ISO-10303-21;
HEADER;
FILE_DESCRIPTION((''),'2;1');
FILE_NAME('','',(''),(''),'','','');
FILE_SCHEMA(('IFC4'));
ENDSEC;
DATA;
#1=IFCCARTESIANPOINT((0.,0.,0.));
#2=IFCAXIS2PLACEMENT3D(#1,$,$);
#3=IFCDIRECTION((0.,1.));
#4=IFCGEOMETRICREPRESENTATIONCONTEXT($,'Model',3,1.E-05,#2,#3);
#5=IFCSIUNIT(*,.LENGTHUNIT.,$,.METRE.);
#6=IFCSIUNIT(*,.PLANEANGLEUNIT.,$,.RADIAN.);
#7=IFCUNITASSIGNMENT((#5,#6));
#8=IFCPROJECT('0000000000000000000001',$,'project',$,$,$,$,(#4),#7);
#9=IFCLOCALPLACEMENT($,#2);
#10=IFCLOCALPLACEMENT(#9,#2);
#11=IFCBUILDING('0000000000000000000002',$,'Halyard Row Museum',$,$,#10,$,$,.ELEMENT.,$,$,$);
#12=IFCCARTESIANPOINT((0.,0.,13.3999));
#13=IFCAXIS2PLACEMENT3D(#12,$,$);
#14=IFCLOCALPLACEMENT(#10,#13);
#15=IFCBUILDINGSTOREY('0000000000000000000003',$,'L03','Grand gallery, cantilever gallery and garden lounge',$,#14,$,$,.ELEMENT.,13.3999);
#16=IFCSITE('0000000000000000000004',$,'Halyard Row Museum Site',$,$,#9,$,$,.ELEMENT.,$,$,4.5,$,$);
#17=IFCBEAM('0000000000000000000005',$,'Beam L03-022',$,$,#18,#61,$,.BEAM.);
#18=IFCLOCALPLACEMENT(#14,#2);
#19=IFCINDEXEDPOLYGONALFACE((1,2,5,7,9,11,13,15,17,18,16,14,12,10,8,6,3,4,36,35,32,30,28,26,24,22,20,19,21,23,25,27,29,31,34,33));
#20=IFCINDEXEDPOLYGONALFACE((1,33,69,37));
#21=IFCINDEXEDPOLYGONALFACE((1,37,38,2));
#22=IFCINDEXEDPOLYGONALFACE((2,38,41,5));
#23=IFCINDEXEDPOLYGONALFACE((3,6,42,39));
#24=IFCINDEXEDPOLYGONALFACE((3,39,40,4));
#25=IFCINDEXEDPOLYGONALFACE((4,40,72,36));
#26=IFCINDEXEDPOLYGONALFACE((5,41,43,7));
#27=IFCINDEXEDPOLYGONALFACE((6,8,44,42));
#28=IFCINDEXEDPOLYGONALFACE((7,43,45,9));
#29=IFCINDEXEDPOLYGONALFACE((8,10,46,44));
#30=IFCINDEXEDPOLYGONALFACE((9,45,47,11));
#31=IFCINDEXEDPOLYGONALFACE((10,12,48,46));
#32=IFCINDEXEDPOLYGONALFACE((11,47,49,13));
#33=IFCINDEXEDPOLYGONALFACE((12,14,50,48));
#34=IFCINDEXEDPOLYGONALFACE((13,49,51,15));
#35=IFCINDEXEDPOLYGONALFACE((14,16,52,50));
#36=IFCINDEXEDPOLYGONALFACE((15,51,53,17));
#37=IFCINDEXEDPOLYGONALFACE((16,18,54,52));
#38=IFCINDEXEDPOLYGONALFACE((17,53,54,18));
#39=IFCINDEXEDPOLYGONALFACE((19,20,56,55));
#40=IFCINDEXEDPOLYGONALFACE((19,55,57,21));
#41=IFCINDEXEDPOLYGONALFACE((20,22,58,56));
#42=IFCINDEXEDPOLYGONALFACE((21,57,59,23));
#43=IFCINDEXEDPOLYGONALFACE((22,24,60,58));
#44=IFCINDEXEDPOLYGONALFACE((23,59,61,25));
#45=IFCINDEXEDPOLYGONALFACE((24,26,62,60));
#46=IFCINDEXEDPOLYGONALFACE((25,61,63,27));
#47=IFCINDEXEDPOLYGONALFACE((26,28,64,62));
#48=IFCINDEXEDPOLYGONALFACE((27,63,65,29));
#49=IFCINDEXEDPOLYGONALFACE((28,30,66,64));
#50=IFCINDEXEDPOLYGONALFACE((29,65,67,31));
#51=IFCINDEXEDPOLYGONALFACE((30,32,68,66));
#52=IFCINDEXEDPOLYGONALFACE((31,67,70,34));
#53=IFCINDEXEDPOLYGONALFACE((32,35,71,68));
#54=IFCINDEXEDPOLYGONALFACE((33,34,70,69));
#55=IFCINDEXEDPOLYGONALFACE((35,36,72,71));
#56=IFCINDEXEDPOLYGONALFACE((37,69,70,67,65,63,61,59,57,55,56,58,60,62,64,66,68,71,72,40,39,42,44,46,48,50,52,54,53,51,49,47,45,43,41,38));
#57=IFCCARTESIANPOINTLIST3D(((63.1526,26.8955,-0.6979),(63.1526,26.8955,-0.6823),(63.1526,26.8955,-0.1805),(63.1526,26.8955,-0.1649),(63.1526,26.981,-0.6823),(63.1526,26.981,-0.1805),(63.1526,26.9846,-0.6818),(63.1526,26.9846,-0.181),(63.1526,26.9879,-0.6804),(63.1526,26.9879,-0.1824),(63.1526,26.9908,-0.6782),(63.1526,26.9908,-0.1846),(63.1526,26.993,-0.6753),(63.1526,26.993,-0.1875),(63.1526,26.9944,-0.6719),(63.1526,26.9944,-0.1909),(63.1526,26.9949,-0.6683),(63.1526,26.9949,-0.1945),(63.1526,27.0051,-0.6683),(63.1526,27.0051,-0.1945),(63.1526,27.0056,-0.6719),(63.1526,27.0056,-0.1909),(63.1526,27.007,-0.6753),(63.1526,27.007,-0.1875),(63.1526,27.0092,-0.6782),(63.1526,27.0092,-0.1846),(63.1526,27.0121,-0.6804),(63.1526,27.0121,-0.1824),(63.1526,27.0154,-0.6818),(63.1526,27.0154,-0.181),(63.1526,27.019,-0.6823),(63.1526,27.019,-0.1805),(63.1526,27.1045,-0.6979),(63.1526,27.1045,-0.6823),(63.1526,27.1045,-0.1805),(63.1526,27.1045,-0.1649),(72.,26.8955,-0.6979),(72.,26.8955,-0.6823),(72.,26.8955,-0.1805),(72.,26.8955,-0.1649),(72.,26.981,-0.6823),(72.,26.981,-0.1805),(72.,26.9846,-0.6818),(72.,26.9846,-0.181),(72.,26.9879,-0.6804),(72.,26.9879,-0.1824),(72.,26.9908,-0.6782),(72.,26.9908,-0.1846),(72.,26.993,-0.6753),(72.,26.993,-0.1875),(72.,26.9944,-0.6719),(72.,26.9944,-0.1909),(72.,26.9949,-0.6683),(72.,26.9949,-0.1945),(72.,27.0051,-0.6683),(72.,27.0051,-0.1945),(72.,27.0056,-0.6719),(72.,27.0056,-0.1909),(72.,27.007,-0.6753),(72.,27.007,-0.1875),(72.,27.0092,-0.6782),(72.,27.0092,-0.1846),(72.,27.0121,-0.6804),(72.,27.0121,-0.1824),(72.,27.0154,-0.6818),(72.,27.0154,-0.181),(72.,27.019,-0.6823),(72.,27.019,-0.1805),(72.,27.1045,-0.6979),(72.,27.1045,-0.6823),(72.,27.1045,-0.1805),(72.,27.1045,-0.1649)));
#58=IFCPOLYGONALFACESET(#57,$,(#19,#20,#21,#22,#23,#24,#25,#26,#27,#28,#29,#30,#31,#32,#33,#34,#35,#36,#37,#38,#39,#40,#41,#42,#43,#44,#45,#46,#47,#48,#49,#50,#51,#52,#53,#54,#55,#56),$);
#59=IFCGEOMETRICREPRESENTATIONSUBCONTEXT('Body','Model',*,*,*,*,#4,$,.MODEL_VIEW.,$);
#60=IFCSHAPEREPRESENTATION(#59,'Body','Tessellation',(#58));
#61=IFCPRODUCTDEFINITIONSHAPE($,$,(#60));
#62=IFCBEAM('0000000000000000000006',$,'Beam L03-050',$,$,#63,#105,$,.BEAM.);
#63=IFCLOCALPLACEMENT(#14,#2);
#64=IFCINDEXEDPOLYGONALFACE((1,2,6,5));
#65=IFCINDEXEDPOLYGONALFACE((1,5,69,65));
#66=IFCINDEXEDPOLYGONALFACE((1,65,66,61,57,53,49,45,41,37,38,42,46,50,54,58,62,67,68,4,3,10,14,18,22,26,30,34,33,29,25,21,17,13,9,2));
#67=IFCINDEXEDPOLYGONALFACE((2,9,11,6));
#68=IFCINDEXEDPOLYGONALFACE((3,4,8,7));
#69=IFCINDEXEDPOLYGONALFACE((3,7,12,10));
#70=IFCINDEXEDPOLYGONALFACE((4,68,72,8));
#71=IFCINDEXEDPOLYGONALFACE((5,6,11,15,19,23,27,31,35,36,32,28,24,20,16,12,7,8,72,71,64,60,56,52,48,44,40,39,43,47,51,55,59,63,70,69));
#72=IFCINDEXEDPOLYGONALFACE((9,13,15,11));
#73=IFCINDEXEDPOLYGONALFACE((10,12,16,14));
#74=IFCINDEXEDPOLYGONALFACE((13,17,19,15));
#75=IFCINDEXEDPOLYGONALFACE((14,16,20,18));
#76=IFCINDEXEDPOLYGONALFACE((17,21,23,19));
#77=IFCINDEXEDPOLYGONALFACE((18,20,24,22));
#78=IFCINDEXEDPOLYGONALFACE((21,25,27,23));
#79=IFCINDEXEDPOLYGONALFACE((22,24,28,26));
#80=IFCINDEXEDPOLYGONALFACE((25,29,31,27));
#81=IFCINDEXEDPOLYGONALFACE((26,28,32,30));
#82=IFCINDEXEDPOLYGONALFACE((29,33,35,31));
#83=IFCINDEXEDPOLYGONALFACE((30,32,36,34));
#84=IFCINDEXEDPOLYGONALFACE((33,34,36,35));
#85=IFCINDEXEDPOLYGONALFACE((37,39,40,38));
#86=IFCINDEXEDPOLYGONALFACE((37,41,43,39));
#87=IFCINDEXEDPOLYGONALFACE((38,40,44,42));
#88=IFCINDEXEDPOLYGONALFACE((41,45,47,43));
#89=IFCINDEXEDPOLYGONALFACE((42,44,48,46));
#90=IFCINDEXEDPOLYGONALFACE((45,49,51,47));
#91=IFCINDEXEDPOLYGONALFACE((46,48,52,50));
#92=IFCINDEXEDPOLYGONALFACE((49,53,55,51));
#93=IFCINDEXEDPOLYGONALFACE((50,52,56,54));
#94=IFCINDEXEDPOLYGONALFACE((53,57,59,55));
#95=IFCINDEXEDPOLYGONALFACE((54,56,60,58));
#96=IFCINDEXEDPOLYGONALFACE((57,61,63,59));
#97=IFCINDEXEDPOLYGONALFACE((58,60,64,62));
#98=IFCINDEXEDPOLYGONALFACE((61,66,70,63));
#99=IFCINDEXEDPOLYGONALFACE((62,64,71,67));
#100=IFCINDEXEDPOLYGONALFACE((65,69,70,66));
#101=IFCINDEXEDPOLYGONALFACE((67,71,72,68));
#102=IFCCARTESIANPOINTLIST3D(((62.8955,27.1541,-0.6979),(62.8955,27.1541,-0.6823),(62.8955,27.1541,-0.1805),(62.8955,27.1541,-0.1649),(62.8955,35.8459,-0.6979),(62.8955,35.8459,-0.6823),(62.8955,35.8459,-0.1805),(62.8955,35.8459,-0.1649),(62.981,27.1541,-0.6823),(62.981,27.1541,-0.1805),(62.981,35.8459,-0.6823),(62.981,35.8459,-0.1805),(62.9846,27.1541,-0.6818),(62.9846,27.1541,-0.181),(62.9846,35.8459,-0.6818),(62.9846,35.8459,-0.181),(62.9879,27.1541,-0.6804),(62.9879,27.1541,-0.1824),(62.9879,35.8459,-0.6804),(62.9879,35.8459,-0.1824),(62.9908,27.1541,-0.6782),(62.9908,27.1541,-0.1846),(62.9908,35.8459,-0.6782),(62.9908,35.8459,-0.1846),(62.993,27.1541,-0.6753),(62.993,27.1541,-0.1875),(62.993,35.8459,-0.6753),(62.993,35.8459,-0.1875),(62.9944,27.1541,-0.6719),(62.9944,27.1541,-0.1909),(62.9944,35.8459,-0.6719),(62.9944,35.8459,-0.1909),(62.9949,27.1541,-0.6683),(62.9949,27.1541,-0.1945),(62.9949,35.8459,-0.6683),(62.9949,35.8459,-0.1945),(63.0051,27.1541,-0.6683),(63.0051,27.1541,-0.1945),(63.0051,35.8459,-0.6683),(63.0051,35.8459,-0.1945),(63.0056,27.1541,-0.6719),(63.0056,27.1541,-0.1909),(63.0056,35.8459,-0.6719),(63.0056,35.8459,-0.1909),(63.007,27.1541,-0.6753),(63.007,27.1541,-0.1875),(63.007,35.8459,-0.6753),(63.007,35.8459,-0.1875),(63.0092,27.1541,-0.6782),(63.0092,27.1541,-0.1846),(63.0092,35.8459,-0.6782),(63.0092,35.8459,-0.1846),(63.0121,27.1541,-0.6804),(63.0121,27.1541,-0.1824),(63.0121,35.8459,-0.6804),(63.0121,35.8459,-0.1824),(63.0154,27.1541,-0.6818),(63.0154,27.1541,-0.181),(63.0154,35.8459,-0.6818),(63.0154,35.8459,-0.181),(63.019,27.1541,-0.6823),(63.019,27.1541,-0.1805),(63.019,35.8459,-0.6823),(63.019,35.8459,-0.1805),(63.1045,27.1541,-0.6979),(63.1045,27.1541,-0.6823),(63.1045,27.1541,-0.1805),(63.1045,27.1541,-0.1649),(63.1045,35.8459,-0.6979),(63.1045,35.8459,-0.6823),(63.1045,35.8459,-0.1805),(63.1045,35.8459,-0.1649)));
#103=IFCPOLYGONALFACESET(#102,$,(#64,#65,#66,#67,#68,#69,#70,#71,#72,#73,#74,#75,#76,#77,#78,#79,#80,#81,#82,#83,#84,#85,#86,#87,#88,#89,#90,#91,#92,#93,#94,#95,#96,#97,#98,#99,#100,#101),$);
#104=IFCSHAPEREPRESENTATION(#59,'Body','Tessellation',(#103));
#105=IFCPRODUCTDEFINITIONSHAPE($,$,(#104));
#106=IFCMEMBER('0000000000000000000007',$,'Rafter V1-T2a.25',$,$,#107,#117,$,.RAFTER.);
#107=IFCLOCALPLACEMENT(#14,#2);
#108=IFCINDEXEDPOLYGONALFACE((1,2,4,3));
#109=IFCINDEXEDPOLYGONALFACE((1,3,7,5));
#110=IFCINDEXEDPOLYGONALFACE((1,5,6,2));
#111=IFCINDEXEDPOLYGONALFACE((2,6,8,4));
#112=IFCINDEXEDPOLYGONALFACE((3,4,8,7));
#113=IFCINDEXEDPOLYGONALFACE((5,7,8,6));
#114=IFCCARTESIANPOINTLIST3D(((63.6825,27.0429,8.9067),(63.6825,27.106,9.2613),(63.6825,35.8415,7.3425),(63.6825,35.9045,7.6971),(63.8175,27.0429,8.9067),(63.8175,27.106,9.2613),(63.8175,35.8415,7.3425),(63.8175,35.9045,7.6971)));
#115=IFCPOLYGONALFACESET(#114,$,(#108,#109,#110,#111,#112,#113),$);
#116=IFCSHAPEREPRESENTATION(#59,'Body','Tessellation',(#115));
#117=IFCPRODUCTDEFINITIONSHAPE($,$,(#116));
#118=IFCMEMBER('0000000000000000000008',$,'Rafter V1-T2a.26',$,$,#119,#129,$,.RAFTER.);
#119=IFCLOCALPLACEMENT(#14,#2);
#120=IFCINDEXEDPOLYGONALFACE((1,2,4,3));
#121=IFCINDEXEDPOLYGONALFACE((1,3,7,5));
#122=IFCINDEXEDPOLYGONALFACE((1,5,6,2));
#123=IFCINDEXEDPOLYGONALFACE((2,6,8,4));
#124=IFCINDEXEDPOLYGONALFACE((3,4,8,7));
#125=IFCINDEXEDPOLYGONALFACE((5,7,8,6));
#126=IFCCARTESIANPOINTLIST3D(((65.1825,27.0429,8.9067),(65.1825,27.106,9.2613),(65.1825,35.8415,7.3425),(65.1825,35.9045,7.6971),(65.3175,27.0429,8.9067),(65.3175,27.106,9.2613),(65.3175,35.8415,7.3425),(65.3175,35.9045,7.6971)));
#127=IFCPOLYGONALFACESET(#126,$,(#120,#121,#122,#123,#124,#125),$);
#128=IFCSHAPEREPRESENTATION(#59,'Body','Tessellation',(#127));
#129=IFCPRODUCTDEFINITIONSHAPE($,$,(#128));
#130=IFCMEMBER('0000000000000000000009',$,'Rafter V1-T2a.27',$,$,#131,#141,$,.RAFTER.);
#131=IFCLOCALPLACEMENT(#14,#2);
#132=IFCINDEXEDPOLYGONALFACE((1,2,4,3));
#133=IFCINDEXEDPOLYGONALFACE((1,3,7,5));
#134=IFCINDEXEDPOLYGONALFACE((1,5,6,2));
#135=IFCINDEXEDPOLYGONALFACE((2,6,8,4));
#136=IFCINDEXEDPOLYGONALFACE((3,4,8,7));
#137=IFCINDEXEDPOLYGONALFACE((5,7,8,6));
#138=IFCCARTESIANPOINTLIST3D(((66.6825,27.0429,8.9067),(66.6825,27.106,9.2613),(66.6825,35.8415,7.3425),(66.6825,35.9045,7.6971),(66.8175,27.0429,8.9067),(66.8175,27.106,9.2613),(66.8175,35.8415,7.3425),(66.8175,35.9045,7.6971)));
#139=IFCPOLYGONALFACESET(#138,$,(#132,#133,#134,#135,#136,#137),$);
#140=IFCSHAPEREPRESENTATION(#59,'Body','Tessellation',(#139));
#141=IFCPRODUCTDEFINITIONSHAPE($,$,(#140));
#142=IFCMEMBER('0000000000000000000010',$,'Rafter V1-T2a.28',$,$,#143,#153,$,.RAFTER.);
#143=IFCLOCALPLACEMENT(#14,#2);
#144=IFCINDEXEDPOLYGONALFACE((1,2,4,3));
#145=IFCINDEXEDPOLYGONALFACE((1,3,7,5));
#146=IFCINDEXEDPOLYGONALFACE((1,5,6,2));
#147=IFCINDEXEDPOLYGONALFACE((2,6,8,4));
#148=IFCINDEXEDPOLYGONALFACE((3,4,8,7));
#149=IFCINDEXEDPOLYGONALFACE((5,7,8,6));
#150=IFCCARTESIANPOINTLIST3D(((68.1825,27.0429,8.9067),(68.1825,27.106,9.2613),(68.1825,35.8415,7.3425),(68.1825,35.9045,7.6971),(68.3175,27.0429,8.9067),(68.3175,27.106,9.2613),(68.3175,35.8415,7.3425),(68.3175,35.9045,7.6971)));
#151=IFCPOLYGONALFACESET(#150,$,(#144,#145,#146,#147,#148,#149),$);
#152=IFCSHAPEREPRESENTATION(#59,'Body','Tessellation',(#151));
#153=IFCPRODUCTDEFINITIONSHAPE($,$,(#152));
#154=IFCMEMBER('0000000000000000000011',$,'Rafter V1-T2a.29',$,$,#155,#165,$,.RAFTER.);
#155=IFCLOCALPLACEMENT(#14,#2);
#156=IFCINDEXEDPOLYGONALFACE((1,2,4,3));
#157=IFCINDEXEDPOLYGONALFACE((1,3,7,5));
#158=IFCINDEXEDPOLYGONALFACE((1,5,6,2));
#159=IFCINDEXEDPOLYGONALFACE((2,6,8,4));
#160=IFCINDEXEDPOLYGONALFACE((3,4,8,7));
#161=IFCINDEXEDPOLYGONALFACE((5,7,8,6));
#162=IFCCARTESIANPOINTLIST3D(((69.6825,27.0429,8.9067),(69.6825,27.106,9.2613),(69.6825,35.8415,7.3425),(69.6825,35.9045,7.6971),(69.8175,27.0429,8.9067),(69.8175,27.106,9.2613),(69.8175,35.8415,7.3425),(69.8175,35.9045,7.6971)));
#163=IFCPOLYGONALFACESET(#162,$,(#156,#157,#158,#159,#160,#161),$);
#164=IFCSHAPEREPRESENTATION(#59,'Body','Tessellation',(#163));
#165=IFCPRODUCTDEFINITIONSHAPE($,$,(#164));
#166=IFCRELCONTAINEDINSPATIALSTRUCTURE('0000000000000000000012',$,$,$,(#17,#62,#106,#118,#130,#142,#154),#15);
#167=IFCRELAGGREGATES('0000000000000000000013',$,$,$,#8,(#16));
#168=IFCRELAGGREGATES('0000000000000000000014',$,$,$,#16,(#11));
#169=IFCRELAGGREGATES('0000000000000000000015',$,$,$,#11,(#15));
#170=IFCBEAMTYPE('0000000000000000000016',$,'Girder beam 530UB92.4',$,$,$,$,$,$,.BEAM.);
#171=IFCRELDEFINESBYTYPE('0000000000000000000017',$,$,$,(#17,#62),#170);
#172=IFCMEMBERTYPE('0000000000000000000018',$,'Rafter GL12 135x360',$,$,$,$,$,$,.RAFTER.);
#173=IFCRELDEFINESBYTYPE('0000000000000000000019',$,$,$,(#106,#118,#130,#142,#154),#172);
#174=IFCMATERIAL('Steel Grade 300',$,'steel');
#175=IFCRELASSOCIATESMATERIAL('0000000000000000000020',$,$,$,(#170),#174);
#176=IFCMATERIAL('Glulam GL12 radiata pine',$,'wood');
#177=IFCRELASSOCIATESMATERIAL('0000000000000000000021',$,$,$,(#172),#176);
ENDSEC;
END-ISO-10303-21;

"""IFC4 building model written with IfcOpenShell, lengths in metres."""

from ifc_helpers import new_model, si_unit, direction, frame, origin, origin_2d, place, context, subcontext, project, spatial, rectangle, i_section, extrude, material, material_profile, profile_set, type_object, element, save


model = new_model("IFC4")

# Units and contexts
model_context = context("Model", 3, precision=1e-05, world=origin(), true_north=direction((0.0, 1.0)))
body_context = subcontext(model_context, "Body", "Model", "MODEL_VIEW")
ifc_project = project(units=[si_unit("LENGTHUNIT", "METRE"), si_unit("PLANEANGLEUNIT", "RADIAN")], contexts=[model_context])

# Site, building, storey
site_placement = place(None, origin())
site = spatial("IfcSite", under=ifc_project, at=site_placement, Name="Halyard Row Museum Site", CompositionType="ELEMENT", RefElevation=4.5)
building_placement = place(site_placement, origin())
building = spatial("IfcBuilding", under=site, at=building_placement, Name="Halyard Row Museum", CompositionType="ELEMENT")
storey_placement = place(building_placement, frame((0.0, 0.0, 13.3999)))
storey = spatial("IfcBuildingStorey", under=building, at=storey_placement, Name="L03", Description="Grand gallery, cantilever gallery and garden lounge", CompositionType="ELEMENT", Elevation=13.3999)

# Beams
ifc_material_1 = material(Name="Steel Grade 300", Category="steel")
ifc_material_profile_1 = material_profile(ifc_material_1, i_section(OverallWidth=0.209, OverallDepth=0.533, WebThickness=0.0103, FlangeThickness=0.0156, FilletRadius=0.0139, at=origin_2d()), Name="530UB92.4")
ifc_profile_set_1 = profile_set([ifc_material_profile_1], Name="Steel Grade 300")
beam_type_1 = type_object("IfcBeamType", Name="Girder beam 530UB92.4", PredefinedType="BEAM", material=ifc_profile_set_1)
beam_1_placement = place(storey_placement, frame((63.1526, 27.0, -0.4314), z_axis=(1.0, 0.0, 0.0), x_axis=(0.0, 1.0, 0.0)))
element("IfcBeam", 1, at=beam_1_placement, inside=storey, type_object=beam_type_1, Name="Beam L03-022", PredefinedType="BEAM", context=body_context, shape_type="SweptSolid", body=[
    extrude(i_section(OverallWidth=0.209, OverallDepth=0.533, WebThickness=0.0103, FlangeThickness=0.0156, FilletRadius=0.0139, at=origin_2d()), origin(), (0.0, 0.0, 1.0), 8.8474),
])
beam_2_placement = place(storey_placement, frame((63.0, 27.1541, -0.4314), z_axis=(0.0, 1.0, 0.0), x_axis=(-1.0, 0.0, 0.0)))
element("IfcBeam", 2, at=beam_2_placement, inside=storey, type_object=beam_type_1, Name="Beam L03-050", PredefinedType="BEAM", context=body_context, shape_type="SweptSolid", body=[
    extrude(i_section(OverallWidth=0.209, OverallDepth=0.533, WebThickness=0.0103, FlangeThickness=0.0156, FilletRadius=0.0139, at=origin_2d()), origin(), (0.0, 0.0, 1.0), 8.6919),
])

# Members
ifc_material_2 = material(Name="Glulam GL12 radiata pine", Category="wood")
ifc_material_profile_2 = material_profile(ifc_material_2, rectangle(XDim=0.135, YDim=0.3601, at=origin_2d()), Name="GL12 135x360")
ifc_profile_set_2 = profile_set([ifc_material_profile_2], Name="Glulam GL12 radiata pine")
member_type_1 = type_object("IfcMemberType", Name="Rafter GL12 135x360", PredefinedType="RAFTER", material=ifc_profile_set_2)
for number, where, z_axis, x_axis, name in (
    (3, (63.75, 27.0745, 9.084), (0.0, 0.984562, -0.175035), (-1.0, 0.0, 0.0), "Rafter V1-T2a.25"),
    (4, (65.25, 27.0745, 9.084), (0.0, 0.984562, -0.175035), (-1.0, 0.0, 0.0), "Rafter V1-T2a.26"),
    (5, (66.75, 27.0745, 9.084), (0.0, 0.984562, -0.175035), (-1.0, 0.0, 0.0), "Rafter V1-T2a.27"),
    (6, (68.25, 27.0745, 9.084), (0.0, 0.984562, -0.175035), (-1.0, 0.0, 0.0), "Rafter V1-T2a.28"),
    (7, (69.75, 27.0745, 9.084), (0.0, 0.984562, -0.175035), (-1.0, 0.0, 0.0), "Rafter V1-T2a.29"),
):
    element("IfcMember", number, at=place(storey_placement, frame(where, z_axis=z_axis, x_axis=x_axis)), inside=storey, type_object=member_type_1, Name=name, PredefinedType="RAFTER", context=body_context, shape_type="SweptSolid", body=[
        extrude(rectangle(XDim=0.135, YDim=0.3601, at=origin_2d()), origin(), (0.0, 0.0, 1.0), 8.9365),
    ])

save(model, "model.ifc")
